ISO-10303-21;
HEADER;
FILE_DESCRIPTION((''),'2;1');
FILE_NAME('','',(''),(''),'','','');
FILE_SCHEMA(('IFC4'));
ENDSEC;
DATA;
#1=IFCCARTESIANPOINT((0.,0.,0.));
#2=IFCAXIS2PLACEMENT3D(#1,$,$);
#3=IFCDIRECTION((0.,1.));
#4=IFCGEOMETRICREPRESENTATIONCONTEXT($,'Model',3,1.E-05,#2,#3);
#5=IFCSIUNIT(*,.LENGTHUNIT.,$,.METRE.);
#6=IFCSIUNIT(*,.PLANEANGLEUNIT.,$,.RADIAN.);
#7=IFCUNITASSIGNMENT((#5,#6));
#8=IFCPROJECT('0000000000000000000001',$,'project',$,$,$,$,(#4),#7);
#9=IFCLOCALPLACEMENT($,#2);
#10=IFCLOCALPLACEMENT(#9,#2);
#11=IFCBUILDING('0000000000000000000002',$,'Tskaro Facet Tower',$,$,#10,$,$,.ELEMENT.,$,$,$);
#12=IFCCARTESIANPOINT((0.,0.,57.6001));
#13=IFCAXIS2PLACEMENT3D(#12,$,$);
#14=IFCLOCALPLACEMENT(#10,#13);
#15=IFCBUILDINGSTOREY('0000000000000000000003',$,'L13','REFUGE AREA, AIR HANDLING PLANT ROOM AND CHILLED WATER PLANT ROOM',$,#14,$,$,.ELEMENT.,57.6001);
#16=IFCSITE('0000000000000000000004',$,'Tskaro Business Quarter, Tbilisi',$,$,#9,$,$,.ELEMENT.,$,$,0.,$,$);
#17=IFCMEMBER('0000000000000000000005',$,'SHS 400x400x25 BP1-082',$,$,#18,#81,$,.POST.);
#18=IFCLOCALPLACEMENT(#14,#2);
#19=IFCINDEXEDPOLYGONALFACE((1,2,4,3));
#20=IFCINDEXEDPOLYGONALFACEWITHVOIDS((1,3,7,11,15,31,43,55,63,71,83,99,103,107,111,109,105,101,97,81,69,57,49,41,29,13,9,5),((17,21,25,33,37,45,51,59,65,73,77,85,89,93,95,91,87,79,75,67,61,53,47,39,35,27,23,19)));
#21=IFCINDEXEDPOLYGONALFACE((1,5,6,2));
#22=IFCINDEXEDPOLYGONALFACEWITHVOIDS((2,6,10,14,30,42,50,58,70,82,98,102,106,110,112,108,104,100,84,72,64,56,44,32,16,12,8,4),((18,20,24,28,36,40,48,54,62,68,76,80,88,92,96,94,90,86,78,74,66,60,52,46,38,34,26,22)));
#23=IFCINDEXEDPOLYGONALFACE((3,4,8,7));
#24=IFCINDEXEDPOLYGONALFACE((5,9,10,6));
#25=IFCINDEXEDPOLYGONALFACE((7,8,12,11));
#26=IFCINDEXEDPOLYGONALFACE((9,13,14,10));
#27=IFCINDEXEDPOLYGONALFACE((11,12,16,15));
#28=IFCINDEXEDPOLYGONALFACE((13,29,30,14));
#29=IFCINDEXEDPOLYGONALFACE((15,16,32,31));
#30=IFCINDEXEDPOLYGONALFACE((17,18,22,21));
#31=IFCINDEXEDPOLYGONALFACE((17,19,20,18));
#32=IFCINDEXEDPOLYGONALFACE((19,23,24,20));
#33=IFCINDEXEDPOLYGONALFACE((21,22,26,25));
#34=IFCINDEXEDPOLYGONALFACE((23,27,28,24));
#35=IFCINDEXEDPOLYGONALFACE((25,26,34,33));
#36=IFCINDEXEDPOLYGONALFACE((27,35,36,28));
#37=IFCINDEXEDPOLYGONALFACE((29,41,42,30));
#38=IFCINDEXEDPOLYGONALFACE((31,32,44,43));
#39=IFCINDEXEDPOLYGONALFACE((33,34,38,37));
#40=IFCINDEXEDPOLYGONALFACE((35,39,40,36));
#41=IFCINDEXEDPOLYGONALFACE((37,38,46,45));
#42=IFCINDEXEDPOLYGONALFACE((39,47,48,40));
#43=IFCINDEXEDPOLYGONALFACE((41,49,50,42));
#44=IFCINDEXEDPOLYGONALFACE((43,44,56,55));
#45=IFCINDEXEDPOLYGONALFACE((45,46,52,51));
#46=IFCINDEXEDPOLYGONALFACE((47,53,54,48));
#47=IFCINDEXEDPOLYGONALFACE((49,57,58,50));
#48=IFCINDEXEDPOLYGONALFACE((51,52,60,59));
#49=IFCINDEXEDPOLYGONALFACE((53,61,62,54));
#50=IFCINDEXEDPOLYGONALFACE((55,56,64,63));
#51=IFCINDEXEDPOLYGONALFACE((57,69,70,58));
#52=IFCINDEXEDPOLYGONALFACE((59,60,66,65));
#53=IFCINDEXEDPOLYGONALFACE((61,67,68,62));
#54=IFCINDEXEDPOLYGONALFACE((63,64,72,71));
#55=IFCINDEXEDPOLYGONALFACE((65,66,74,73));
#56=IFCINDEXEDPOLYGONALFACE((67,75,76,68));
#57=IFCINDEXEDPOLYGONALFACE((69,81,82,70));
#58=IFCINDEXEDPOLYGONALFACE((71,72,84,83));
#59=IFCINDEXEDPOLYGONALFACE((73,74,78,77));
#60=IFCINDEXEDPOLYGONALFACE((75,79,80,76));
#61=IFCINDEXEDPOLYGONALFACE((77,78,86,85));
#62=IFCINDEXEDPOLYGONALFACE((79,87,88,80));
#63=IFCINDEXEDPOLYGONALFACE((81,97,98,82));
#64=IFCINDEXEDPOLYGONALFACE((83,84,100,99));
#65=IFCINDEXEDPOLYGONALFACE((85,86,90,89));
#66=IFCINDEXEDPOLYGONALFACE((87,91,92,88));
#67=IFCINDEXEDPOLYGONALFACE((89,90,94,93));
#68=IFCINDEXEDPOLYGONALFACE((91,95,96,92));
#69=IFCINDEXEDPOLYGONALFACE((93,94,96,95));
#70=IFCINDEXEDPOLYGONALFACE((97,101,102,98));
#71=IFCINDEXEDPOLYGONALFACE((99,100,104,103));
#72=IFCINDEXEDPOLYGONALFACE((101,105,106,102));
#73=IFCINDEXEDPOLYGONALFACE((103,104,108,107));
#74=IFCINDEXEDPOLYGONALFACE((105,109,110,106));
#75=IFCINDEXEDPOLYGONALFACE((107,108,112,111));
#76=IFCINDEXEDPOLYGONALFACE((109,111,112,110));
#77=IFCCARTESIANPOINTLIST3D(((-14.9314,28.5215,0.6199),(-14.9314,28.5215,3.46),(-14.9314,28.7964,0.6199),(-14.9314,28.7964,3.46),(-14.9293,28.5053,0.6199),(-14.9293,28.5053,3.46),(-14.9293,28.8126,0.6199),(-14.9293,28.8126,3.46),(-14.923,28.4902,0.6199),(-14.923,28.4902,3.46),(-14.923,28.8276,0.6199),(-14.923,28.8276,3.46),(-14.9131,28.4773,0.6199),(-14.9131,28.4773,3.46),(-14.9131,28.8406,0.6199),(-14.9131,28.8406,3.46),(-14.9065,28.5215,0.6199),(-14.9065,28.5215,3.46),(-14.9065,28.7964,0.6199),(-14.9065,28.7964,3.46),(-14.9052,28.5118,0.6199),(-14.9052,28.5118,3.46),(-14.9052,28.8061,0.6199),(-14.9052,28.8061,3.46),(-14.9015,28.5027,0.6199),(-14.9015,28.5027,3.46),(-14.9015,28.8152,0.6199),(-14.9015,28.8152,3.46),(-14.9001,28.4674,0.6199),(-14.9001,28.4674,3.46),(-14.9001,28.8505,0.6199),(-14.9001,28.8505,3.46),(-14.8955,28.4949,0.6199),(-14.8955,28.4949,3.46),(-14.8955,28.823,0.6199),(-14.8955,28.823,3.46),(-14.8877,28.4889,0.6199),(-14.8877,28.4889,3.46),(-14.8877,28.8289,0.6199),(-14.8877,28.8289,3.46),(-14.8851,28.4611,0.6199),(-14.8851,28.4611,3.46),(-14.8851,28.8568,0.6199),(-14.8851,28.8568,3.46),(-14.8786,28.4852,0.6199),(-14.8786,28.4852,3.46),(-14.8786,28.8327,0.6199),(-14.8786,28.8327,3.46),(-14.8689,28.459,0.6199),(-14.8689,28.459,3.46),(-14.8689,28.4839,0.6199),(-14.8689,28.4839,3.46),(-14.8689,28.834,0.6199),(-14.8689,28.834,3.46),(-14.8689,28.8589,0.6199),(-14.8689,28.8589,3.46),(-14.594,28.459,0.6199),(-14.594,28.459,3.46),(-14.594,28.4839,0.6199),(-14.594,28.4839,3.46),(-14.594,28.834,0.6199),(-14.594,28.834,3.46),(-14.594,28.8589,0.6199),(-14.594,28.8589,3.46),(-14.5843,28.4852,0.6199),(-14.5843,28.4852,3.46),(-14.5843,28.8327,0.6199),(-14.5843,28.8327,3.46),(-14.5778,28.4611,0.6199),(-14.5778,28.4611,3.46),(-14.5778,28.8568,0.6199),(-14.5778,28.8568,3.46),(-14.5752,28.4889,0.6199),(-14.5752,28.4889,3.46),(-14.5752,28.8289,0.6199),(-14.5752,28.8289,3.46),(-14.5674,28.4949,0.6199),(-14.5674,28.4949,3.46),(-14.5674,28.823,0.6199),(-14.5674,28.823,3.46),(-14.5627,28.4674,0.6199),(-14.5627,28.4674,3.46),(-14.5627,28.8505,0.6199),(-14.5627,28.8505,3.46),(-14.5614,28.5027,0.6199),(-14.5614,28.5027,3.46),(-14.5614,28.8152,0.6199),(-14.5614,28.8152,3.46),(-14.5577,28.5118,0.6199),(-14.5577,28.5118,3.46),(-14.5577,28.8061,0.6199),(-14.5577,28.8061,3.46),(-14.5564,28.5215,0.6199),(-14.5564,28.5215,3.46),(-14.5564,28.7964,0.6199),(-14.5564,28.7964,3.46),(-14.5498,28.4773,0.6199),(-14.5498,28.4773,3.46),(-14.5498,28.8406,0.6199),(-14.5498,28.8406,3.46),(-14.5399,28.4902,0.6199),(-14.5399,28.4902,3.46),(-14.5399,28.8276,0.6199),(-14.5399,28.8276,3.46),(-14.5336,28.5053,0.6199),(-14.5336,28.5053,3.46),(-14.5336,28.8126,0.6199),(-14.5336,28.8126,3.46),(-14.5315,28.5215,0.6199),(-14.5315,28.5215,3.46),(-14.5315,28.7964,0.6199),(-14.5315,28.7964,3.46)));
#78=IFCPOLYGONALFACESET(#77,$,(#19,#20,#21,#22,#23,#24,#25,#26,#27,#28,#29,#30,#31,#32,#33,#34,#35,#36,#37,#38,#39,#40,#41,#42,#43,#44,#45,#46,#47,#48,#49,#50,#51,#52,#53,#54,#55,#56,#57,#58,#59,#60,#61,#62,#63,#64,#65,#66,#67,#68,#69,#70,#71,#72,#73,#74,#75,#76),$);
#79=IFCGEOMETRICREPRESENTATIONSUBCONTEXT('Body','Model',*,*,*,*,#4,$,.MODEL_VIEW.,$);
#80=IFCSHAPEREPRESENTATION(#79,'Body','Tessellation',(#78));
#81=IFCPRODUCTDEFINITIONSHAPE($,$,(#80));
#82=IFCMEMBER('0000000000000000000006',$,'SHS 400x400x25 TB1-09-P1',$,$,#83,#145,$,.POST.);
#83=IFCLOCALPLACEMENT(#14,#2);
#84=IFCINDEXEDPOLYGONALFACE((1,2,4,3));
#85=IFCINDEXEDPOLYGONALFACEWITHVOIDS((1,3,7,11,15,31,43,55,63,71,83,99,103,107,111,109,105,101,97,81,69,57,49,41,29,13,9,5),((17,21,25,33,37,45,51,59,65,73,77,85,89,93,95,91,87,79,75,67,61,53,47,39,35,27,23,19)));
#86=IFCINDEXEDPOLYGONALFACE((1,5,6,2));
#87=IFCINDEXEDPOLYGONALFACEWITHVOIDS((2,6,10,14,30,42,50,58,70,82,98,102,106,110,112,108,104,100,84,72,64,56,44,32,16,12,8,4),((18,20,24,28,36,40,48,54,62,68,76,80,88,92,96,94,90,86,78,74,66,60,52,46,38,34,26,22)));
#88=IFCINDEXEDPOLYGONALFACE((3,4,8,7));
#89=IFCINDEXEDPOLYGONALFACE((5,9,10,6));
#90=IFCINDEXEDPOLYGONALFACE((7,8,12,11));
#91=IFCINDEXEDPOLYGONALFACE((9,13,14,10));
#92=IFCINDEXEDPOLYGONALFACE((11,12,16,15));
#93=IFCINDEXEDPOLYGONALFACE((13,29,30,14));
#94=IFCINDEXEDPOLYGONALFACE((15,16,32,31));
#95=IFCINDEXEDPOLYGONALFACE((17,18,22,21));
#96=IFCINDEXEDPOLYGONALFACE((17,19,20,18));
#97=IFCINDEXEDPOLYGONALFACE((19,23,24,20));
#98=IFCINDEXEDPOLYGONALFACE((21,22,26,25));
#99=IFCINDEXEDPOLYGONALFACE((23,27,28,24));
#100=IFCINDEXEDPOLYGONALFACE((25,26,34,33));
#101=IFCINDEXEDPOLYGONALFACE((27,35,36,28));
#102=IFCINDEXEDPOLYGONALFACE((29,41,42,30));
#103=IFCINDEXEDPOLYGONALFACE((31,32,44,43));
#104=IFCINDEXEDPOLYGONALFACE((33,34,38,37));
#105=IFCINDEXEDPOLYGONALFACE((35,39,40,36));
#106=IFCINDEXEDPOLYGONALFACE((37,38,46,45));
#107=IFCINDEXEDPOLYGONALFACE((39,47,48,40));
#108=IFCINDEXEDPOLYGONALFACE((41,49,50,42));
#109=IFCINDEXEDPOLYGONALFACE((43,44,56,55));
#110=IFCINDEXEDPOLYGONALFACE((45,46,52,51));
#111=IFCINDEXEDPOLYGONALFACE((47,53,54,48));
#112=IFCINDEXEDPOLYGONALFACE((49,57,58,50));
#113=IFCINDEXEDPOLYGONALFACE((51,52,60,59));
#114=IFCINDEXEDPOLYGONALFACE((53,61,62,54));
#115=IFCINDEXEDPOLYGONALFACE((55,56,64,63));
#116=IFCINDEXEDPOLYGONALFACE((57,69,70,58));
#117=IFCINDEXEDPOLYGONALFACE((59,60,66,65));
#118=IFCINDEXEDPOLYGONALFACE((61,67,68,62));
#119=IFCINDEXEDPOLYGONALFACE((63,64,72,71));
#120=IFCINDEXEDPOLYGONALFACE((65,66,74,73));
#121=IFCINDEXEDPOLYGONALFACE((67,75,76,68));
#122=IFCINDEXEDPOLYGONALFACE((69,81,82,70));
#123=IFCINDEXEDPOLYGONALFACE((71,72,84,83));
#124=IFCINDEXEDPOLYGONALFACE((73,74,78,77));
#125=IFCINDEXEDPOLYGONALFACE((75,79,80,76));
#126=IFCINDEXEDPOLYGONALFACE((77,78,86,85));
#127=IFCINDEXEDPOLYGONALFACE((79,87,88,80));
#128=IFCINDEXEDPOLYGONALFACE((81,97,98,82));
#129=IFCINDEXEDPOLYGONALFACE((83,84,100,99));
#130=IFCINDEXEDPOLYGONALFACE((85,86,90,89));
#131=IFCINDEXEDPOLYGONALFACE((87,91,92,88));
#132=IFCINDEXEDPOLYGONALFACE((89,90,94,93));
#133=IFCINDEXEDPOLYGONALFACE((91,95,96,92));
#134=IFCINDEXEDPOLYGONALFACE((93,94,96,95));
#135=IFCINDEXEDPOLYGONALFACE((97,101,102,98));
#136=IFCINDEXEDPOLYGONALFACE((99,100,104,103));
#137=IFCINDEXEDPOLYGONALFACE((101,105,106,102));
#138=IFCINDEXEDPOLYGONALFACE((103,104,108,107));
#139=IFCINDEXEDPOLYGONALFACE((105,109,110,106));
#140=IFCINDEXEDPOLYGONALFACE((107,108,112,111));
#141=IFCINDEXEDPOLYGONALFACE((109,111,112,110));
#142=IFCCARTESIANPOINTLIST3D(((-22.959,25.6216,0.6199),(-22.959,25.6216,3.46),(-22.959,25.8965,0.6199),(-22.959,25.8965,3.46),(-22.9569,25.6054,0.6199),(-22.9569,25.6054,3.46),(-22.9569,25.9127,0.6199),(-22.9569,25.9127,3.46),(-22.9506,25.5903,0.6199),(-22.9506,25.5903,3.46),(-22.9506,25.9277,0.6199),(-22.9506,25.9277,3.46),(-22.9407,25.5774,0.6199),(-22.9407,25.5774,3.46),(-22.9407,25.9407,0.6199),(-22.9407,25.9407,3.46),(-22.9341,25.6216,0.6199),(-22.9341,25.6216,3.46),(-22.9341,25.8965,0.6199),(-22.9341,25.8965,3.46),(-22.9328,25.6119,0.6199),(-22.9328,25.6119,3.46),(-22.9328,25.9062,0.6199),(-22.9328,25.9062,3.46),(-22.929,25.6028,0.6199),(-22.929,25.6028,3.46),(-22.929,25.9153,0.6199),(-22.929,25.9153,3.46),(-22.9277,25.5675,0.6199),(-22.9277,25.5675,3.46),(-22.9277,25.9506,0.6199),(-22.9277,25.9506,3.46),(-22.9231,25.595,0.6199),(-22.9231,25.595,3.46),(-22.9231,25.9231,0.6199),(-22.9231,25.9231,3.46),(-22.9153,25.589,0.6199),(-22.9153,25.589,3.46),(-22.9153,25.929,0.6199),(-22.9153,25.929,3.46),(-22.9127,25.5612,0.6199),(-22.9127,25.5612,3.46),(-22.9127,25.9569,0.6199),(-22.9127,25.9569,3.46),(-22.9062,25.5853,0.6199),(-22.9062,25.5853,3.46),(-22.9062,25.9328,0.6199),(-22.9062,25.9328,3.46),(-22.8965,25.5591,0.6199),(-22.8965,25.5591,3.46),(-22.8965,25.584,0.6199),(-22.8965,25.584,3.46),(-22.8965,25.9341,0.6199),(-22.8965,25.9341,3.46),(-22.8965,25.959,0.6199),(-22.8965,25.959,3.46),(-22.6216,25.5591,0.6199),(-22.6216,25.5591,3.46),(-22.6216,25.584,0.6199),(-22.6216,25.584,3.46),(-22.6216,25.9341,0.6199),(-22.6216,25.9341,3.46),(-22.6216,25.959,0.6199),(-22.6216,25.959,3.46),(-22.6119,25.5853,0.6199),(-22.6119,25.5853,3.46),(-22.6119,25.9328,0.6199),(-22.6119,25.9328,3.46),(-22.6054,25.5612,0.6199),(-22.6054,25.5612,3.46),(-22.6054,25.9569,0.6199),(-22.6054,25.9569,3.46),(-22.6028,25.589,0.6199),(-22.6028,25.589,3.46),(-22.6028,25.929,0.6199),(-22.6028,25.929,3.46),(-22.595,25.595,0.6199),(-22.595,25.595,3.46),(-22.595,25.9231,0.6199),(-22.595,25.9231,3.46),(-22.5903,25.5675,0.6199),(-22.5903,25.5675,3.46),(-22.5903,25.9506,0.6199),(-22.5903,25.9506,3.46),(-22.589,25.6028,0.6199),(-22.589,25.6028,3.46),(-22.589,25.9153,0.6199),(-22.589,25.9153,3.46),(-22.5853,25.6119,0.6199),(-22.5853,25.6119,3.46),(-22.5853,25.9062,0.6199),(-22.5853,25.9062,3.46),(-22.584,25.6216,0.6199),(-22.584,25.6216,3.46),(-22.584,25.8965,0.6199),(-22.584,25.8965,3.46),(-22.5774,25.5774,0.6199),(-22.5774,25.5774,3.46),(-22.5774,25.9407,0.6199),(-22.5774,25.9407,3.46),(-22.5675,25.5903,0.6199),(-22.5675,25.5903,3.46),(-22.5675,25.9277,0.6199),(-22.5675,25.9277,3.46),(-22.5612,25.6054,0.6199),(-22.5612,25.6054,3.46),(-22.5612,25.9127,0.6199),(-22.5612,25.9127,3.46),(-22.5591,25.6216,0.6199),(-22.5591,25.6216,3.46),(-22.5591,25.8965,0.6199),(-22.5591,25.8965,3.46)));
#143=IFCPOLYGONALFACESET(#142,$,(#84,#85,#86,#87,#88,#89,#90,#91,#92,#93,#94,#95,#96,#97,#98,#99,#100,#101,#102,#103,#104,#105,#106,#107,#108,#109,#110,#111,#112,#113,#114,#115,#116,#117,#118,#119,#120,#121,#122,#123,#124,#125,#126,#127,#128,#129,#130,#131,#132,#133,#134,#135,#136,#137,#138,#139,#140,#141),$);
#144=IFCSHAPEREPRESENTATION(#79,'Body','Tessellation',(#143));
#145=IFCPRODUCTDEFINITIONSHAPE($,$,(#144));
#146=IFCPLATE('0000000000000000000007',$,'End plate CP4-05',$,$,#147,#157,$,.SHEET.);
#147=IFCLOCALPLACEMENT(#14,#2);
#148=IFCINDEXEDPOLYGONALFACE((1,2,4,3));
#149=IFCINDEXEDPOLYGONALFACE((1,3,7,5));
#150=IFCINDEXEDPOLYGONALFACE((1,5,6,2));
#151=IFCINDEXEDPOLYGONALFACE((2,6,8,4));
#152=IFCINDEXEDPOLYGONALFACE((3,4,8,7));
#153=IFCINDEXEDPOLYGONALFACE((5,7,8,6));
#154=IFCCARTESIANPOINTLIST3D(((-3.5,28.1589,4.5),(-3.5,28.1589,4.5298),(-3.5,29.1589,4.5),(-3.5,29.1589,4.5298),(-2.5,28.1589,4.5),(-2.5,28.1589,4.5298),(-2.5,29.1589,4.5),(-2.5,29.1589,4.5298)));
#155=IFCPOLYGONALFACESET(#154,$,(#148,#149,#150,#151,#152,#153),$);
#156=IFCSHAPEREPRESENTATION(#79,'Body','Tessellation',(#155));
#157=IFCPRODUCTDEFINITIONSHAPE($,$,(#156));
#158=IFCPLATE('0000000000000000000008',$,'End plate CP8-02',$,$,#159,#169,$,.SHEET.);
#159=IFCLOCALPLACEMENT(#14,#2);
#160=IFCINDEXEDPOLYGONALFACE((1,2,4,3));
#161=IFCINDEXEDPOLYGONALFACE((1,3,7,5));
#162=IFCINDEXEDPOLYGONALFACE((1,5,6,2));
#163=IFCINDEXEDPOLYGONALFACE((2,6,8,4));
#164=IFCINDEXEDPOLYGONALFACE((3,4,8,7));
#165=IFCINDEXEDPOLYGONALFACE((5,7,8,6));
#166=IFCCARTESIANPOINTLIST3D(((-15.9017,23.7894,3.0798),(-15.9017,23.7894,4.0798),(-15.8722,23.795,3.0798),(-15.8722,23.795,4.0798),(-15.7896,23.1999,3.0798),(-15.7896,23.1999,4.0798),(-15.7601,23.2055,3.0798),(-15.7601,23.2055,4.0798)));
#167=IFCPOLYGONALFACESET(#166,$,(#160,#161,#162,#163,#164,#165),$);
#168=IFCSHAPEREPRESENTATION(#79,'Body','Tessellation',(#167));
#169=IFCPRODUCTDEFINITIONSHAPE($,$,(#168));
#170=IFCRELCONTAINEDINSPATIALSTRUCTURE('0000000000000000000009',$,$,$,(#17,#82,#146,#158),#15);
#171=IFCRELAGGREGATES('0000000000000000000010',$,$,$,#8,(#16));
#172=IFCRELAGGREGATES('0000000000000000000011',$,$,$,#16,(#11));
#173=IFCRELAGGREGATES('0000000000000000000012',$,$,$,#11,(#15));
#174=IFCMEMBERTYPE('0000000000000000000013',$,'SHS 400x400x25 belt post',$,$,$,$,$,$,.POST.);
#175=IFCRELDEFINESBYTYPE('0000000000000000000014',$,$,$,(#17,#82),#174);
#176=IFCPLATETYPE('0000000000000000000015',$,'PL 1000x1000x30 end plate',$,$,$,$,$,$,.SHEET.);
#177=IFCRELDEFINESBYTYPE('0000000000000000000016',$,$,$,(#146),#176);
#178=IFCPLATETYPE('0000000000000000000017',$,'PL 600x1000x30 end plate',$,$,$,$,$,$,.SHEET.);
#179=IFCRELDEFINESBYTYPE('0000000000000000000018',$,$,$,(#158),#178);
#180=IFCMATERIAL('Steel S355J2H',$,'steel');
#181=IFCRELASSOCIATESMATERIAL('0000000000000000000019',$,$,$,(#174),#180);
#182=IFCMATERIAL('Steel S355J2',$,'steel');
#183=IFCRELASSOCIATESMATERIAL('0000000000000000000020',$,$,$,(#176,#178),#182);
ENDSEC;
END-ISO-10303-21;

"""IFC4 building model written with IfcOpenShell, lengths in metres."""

from ifc_helpers import new_model, si_unit, direction, frame, origin, origin_2d, place, context, subcontext, project, spatial, rectangle, hollow_rectangle, extrude, material, material_profile, profile_set, type_object, element, save


model = new_model("IFC4")

# Units and contexts
model_context = context("Model", 3, precision=1e-05, world=origin(), true_north=direction((0.0, 1.0)))
body_context = subcontext(model_context, "Body", "Model", "MODEL_VIEW")
ifc_project = project(units=[si_unit("LENGTHUNIT", "METRE"), si_unit("PLANEANGLEUNIT", "RADIAN")], contexts=[model_context])

# Site, building, storey
site_placement = place(None, origin())
site = spatial("IfcSite", under=ifc_project, at=site_placement, Name="Tskaro Business Quarter, Tbilisi", CompositionType="ELEMENT", RefElevation=0.0)
building_placement = place(site_placement, origin())
building = spatial("IfcBuilding", under=site, at=building_placement, Name="Tskaro Facet Tower", CompositionType="ELEMENT")
storey_placement = place(building_placement, frame((0.0, 0.0, 57.6001)))
storey = spatial("IfcBuildingStorey", under=building, at=storey_placement, Name="L13", Description="REFUGE AREA, AIR HANDLING PLANT ROOM AND CHILLED WATER PLANT ROOM", CompositionType="ELEMENT", Elevation=57.6001)

# Shared definitions
ifc_material_1 = material(Name="Steel S355J2H", Category="steel")

# Shared definitions
ifc_material_2 = material(Name="Steel S355J2", Category="steel")

# Members
ifc_material_profile_1 = material_profile(ifc_material_1, hollow_rectangle(XDim=0.3999, YDim=0.3999, WallThickness=0.0249, InnerFilletRadius=0.0376, OuterFilletRadius=0.0625, at=origin_2d()), Name="SHS 400x400x25")
ifc_profile_set_1 = profile_set([ifc_material_profile_1], Name="Steel S355J2H")
member_type_1 = type_object("IfcMemberType", Name="SHS 400x400x25 belt post", PredefinedType="POST", material=ifc_profile_set_1)
for number, where, z_axis, x_axis, name in (
    (1, (-14.7314, 28.6589, 0.6199), (0.0, 0.0, 1.0), (1.0, 0.0, 0.0), "SHS 400x400x25 BP1-082"),
    (2, (-22.759, 25.759, 0.6199), (0.0, 0.0, 1.0), (1.0, 0.0, 0.0), "SHS 400x400x25 TB1-09-P1"),
):
    element("IfcMember", number, at=place(storey_placement, frame(where, z_axis=z_axis, x_axis=x_axis)), inside=storey, type_object=member_type_1, Name=name, PredefinedType="POST", context=body_context, shape_type="SweptSolid", body=[
        extrude(hollow_rectangle(XDim=0.3999, YDim=0.3999, WallThickness=0.0249, InnerFilletRadius=0.0376, OuterFilletRadius=0.0625, at=origin_2d()), origin(), (0.0, 0.0, 1.0), 2.8401),
    ])

# Plates
ifc_material_profile_2 = material_profile(ifc_material_2, rectangle(XDim=1.0, YDim=1.0, at=origin_2d()), Name="PL 1000x1000x30 end plate")
ifc_profile_set_2 = profile_set([ifc_material_profile_2], Name="Steel S355J2")
plate_type_1 = type_object("IfcPlateType", Name="PL 1000x1000x30 end plate", PredefinedType="SHEET", material=ifc_profile_set_2)
plate_1_placement = place(storey_placement, frame((-3.0, 28.6589, 4.5), z_axis=(0.0, 0.0, 1.0), x_axis=(1.0, 0.0, 0.0)))
element("IfcPlate", 3, at=plate_1_placement, inside=storey, type_object=plate_type_1, Name="End plate CP4-05", PredefinedType="SHEET", context=body_context, shape_type="SweptSolid", body=[
    extrude(rectangle(XDim=1.0, YDim=1.0, at=origin_2d()), origin(), (0.0, 0.0, 1.0), 0.0298),
])
ifc_material_profile_3 = material_profile(ifc_material_2, rectangle(XDim=0.6001, YDim=1.0, at=origin_2d()), Name="PL 600x1000x30 end plate")
ifc_profile_set_3 = profile_set([ifc_material_profile_3], Name="Steel S355J2")
plate_type_2 = type_object("IfcPlateType", Name="PL 600x1000x30 end plate", PredefinedType="SHEET", material=ifc_profile_set_3)
plate_2_placement = place(storey_placement, frame((-15.8162, 23.5002, 3.5798), z_axis=(-0.98241, -0.186739, 0.0), x_axis=(0.186739, -0.98241, 0.0)))
element("IfcPlate", 4, at=plate_2_placement, inside=storey, type_object=plate_type_2, Name="End plate CP8-02", PredefinedType="SHEET", context=body_context, shape_type="SweptSolid", body=[
    extrude(rectangle(XDim=0.6001, YDim=1.0, at=origin_2d()), origin(), (0.0, 0.0, 1.0), 0.03),
])

save(model, "model.ifc")
